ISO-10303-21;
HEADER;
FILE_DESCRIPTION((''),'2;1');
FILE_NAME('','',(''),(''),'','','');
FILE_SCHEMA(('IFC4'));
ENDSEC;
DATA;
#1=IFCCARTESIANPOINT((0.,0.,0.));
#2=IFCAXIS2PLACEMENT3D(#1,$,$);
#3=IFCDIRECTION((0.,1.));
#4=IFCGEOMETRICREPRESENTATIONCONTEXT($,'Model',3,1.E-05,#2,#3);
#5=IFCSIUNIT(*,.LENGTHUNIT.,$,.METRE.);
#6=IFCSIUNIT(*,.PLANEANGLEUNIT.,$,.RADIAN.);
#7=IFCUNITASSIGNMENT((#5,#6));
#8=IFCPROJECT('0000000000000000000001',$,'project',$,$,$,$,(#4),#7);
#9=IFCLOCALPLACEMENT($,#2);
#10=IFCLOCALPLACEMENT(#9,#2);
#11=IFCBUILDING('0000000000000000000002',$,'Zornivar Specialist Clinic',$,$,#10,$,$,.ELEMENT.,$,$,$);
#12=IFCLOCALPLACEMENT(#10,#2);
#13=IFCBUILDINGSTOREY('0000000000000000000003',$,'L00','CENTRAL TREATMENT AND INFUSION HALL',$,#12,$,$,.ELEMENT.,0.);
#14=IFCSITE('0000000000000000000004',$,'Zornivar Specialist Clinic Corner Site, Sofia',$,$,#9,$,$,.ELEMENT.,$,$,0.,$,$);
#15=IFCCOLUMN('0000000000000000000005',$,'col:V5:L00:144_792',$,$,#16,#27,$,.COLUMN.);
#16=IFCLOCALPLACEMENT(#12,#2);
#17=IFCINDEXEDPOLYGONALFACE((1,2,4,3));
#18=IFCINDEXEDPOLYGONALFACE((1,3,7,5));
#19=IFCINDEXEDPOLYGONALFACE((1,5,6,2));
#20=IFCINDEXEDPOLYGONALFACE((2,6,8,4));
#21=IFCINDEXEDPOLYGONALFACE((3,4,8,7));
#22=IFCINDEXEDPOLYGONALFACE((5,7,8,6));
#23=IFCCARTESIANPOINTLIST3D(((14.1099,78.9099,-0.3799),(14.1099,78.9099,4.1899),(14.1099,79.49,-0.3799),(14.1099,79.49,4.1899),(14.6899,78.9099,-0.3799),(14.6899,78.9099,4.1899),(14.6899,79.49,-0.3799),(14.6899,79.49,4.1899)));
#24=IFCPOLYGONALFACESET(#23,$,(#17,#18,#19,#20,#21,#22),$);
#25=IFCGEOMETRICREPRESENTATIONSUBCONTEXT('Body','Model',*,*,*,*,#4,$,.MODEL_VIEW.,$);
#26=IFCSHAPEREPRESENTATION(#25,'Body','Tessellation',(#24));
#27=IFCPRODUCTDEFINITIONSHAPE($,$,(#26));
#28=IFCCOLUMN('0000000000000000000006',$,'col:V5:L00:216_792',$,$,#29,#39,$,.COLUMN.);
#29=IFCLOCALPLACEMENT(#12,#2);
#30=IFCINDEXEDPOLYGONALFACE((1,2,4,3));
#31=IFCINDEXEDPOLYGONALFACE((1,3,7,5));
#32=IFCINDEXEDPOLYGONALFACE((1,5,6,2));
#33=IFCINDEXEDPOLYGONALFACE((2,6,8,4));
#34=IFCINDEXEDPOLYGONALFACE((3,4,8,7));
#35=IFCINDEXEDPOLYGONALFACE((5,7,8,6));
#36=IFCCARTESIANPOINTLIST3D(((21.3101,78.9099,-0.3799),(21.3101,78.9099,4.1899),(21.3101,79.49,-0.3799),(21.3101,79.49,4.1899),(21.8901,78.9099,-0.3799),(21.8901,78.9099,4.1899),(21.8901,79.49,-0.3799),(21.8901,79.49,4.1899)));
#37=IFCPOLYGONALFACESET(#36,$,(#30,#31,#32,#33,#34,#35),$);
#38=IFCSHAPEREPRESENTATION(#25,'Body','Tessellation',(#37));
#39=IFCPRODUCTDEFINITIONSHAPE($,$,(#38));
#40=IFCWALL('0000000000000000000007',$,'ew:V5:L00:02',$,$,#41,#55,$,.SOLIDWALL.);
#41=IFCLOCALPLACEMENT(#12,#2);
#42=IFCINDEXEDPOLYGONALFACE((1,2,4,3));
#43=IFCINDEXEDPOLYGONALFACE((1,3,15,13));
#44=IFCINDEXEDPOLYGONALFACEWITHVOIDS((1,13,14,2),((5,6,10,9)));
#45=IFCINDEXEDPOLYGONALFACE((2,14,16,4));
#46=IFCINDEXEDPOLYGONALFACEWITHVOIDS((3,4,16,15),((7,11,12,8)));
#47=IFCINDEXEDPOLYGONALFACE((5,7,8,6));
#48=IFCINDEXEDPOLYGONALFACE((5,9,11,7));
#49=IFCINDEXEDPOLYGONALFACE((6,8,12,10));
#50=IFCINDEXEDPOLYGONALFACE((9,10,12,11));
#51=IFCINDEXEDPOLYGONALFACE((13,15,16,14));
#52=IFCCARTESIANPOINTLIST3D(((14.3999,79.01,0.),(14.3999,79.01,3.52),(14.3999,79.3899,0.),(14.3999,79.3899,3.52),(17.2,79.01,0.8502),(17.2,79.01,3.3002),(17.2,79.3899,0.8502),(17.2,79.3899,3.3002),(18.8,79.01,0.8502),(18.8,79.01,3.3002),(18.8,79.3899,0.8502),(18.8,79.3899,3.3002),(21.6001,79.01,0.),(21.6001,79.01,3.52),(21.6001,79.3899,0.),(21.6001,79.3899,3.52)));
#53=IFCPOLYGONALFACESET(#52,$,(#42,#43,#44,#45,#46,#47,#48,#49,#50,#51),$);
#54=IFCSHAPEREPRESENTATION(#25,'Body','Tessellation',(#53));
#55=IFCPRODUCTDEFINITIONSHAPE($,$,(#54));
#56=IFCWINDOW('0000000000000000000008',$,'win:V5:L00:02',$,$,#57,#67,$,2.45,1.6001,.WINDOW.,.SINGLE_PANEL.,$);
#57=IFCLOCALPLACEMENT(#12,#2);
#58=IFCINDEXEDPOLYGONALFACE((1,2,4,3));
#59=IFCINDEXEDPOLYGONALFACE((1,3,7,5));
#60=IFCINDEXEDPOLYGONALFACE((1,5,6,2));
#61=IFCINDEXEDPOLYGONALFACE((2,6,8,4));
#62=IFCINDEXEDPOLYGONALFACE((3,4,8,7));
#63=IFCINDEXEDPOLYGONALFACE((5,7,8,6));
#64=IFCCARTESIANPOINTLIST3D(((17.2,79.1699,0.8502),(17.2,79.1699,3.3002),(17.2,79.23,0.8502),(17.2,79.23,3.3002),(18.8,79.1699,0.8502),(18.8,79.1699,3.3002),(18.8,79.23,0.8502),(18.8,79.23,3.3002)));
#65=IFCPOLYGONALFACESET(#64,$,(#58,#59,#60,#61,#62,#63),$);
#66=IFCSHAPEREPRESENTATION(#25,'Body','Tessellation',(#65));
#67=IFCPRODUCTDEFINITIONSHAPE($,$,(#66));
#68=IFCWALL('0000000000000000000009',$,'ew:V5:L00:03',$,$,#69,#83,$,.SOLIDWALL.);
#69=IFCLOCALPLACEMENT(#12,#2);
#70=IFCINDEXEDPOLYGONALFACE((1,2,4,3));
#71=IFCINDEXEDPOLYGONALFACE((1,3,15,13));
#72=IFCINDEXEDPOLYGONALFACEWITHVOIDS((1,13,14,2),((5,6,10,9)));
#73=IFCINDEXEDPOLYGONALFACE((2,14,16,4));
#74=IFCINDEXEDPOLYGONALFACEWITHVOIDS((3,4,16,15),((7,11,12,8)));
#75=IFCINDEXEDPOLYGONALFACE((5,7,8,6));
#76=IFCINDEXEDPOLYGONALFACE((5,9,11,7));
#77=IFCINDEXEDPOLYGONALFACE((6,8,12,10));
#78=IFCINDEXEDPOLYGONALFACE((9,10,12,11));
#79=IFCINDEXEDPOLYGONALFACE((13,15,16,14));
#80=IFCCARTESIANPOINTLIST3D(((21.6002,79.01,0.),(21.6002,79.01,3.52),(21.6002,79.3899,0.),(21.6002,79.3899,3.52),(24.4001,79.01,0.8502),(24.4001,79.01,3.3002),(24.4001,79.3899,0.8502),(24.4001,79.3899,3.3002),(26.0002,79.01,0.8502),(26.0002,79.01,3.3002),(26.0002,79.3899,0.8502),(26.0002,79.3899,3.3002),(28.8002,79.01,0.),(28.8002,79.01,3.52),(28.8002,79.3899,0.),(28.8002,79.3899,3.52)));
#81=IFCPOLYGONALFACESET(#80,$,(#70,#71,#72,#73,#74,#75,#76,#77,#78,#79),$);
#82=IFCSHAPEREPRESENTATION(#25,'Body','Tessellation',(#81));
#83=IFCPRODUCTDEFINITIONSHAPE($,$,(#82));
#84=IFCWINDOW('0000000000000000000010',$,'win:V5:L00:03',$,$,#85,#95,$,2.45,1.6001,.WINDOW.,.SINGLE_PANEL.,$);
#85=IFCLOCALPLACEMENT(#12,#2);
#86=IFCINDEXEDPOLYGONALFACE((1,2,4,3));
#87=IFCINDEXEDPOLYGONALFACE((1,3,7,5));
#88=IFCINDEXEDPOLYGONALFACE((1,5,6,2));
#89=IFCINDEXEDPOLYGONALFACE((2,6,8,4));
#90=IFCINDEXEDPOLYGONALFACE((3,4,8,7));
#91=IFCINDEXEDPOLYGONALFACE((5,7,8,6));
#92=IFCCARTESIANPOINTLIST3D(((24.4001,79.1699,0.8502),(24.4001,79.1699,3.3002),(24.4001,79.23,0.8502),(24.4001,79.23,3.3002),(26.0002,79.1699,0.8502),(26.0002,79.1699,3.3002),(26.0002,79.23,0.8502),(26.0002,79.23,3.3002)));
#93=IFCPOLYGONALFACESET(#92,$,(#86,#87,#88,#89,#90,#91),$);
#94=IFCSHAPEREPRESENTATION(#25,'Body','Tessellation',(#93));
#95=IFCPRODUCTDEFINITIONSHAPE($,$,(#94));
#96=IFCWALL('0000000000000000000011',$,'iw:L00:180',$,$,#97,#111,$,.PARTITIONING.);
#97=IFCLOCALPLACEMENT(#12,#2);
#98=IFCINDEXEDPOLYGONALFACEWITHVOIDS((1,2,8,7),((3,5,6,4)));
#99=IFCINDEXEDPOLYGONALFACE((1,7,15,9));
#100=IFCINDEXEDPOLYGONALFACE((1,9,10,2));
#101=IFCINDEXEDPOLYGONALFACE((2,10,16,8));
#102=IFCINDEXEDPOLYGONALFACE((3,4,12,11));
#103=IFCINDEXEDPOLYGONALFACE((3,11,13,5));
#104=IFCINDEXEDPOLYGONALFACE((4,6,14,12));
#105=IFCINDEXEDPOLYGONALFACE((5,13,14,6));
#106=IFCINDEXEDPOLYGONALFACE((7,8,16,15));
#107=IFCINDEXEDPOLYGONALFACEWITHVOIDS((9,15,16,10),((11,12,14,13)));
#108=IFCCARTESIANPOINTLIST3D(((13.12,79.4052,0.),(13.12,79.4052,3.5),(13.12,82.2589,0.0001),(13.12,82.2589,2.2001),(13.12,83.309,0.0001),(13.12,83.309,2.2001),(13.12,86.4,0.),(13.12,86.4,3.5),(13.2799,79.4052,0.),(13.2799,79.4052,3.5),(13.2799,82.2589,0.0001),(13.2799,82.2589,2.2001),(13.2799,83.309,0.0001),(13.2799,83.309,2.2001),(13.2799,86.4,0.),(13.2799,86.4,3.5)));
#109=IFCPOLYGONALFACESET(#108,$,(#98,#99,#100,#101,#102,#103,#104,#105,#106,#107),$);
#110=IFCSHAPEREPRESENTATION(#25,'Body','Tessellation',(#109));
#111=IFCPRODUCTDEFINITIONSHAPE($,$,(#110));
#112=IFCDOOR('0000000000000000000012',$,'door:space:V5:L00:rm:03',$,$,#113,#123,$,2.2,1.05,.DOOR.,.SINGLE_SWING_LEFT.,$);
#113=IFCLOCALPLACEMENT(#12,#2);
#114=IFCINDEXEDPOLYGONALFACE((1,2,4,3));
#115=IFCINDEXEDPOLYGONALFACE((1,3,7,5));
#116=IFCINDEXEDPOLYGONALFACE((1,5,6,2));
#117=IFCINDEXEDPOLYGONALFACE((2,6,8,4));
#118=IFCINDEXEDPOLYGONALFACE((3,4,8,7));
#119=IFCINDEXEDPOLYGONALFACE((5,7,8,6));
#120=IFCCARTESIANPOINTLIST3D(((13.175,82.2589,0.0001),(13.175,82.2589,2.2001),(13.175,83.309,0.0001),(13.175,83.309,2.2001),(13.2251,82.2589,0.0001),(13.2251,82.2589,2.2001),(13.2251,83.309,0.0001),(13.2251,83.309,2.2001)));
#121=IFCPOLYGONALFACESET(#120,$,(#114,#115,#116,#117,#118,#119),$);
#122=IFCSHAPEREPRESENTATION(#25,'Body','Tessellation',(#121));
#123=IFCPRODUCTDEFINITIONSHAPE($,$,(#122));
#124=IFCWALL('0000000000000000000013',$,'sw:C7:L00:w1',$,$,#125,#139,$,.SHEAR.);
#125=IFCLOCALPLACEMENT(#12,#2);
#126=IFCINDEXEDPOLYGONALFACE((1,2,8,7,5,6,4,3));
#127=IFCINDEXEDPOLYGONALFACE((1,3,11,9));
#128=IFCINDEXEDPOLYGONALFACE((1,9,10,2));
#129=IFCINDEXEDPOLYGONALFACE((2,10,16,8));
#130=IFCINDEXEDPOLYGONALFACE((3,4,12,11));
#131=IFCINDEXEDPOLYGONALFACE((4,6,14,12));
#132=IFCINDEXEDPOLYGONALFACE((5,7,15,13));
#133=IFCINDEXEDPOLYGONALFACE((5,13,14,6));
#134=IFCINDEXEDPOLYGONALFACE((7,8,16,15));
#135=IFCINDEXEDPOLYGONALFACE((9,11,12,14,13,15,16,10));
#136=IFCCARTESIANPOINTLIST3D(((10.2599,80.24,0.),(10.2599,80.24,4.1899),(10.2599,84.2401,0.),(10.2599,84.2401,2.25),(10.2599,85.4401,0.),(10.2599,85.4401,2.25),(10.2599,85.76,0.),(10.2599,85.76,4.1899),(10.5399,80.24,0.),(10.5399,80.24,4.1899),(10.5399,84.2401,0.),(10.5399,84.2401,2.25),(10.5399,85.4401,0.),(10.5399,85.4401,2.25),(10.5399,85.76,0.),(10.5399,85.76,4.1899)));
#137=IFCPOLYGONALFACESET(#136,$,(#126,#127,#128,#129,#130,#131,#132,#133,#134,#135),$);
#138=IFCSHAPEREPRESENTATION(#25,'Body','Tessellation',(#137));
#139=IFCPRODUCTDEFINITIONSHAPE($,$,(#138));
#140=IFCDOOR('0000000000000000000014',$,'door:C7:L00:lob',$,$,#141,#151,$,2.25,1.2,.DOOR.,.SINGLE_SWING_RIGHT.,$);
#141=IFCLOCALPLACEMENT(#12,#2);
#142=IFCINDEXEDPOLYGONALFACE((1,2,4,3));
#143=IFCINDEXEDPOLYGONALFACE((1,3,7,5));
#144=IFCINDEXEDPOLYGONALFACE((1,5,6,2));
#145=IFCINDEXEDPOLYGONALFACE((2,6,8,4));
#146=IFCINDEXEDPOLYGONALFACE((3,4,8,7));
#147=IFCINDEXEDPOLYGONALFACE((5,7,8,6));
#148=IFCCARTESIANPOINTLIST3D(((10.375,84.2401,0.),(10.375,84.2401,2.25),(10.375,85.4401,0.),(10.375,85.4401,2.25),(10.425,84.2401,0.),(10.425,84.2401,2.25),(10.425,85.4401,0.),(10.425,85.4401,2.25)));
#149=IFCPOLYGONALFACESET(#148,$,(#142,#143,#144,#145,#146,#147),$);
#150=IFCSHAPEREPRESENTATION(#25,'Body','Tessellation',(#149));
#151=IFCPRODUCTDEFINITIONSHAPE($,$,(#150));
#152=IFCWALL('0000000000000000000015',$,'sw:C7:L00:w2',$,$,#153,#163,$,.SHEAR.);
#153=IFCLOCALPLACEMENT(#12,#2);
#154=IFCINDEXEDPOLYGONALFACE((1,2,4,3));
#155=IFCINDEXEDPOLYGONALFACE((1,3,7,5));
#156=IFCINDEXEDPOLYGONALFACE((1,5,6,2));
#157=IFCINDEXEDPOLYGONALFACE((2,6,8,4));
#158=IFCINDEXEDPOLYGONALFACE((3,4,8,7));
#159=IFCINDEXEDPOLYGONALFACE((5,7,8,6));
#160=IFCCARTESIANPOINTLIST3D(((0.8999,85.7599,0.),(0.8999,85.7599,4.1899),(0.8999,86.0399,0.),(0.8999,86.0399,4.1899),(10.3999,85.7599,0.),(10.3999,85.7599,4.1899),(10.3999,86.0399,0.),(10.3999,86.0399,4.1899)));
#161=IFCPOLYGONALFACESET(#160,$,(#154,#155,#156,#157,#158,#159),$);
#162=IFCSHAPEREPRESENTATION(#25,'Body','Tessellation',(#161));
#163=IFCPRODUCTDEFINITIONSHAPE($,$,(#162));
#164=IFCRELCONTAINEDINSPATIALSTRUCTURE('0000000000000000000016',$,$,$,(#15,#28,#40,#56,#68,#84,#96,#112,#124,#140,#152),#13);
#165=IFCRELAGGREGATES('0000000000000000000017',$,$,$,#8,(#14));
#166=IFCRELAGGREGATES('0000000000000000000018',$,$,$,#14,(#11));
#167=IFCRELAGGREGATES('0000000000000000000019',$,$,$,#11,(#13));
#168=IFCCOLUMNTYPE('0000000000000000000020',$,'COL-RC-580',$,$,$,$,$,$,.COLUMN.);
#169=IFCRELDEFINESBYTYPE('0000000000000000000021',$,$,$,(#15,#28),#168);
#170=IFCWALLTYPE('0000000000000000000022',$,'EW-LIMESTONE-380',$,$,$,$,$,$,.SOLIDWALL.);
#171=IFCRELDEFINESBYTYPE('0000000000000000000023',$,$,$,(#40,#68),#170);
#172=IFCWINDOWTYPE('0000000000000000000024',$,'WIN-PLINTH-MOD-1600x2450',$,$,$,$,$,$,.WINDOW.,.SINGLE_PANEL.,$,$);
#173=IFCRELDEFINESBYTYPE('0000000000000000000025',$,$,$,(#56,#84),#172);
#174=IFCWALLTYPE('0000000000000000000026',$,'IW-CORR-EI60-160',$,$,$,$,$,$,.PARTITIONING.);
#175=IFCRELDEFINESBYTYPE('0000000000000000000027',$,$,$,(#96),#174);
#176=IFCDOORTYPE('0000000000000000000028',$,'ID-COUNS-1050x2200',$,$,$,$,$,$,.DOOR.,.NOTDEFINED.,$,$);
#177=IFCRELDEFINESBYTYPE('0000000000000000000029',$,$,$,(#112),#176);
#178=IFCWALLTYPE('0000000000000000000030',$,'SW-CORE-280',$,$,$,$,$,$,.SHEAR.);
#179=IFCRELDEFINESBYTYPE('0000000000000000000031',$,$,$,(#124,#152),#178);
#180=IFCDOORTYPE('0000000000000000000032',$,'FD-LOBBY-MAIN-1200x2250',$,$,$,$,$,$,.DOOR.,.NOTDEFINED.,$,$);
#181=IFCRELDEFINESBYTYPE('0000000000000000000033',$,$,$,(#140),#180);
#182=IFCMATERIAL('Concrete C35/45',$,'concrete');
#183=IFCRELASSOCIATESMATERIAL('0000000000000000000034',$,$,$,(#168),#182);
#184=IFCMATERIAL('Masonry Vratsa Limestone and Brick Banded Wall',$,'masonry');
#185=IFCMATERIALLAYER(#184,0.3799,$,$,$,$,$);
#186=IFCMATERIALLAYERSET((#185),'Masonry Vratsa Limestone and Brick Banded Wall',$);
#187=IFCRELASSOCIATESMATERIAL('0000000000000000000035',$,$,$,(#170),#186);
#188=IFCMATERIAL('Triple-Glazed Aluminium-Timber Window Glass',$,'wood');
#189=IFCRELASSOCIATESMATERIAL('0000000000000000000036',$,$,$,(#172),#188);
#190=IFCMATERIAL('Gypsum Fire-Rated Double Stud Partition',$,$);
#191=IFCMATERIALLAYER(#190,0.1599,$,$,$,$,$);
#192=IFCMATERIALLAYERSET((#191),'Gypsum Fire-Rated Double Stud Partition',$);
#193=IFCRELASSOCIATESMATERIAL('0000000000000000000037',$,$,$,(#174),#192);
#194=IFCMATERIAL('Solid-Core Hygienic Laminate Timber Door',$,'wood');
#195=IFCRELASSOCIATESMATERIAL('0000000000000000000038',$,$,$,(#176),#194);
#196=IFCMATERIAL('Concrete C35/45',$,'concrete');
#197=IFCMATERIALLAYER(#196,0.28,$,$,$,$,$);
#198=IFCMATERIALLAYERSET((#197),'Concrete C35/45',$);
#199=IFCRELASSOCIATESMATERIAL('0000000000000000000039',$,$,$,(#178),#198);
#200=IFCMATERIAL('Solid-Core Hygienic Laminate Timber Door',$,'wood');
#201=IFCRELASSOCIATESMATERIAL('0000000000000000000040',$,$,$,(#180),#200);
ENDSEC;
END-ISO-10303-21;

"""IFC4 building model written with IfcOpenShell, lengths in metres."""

from ifc_helpers import new_model, si_unit, direction, frame, frame_2d, origin, origin_2d, place, context, subcontext, project, spatial, rectangle, extrude, material, layer, layer_set, material_profile, profile_set, type_object, element, fill, save


model = new_model("IFC4")

# Units and contexts
model_context = context("Model", 3, precision=1e-05, world=origin(), true_north=direction((0.0, 1.0)))
body_context = subcontext(model_context, "Body", "Model", "MODEL_VIEW")
ifc_project = project(units=[si_unit("LENGTHUNIT", "METRE"), si_unit("PLANEANGLEUNIT", "RADIAN")], contexts=[model_context])

# Site, building, storey
site_placement = place(None, origin())
site = spatial("IfcSite", under=ifc_project, at=site_placement, Name="Zornivar Specialist Clinic Corner Site, Sofia", CompositionType="ELEMENT", RefElevation=0.0)
building_placement = place(site_placement, origin())
building = spatial("IfcBuilding", under=site, at=building_placement, Name="Zornivar Specialist Clinic", CompositionType="ELEMENT")
storey_placement = place(building_placement, origin())
storey = spatial("IfcBuildingStorey", under=building, at=storey_placement, Name="L00", Description="CENTRAL TREATMENT AND INFUSION HALL", CompositionType="ELEMENT", Elevation=0.0)

# Columns
ifc_material_1 = material(Name="Concrete C35/45", Category="concrete")
ifc_material_profile_1 = material_profile(ifc_material_1, rectangle(XDim=0.5801, YDim=0.5801, at=origin_2d()), Name="RC 580x580")
ifc_profile_set_1 = profile_set([ifc_material_profile_1], Name="Concrete C35/45")
column_type = type_object("IfcColumnType", Name="COL-RC-580", PredefinedType="COLUMN", material=ifc_profile_set_1)
for number, where, z_axis, x_axis, name in (
    (1, (14.3999, 79.2, -0.3799), (0.0, 0.0, 1.0), (1.0, 0.0, 0.0), "col:V5:L00:144_792"),
    (2, (21.6001, 79.2, -0.3799), (0.0, 0.0, 1.0), (1.0, 0.0, 0.0), "col:V5:L00:216_792"),
):
    element("IfcColumn", number, at=place(storey_placement, frame(where, z_axis=z_axis, x_axis=x_axis)), inside=storey, type_object=column_type, Name=name, PredefinedType="COLUMN", context=body_context, shape_type="SweptSolid", body=[
        extrude(rectangle(XDim=0.5801, YDim=0.5801, at=origin_2d()), origin(), (0.0, 0.0, 1.0), 4.5698),
    ])

# Walls, openings, windows
ifc_material_2 = material(Name="Masonry Vratsa Limestone and Brick Banded Wall", Category="masonry")
ifc_layer_1 = layer(ifc_material_2, 0.3799)
ifc_layer_set_1 = layer_set([ifc_layer_1], Name="Masonry Vratsa Limestone and Brick Banded Wall")
wall_type_1 = type_object("IfcWallType", Name="EW-LIMESTONE-380", PredefinedType="SOLIDWALL", material=ifc_layer_set_1)
wall_1_placement = place(storey_placement, frame((14.3999, 79.2, 0.0), z_axis=(0.0, 0.0, 1.0), x_axis=(1.0, 0.0, 0.0)))
wall_1 = element("IfcWall", 3, at=wall_1_placement, inside=storey, type_object=wall_type_1, Name="ew:V5:L00:02", PredefinedType="SOLIDWALL", context=body_context, shape_type="SweptSolid", body=[
    extrude(rectangle(XDim=7.2002, YDim=0.3799, at=frame_2d((3.6001, 0.0))), origin(), (0.0, 0.0, 1.0), 3.52),
])
opening_1_placement = place(wall_1_placement, frame((2.8, 0.0, 0.8501)))
opening_1 = element("IfcOpeningElement", 4, at=opening_1_placement, cuts=wall_1, PredefinedType="OPENING", context=body_context, shape_type="SweptSolid", body=[
    extrude(rectangle(XDim=1.6001, YDim=2.45, at=frame_2d((0.8, 1.2251))), frame((0.0, 0.2, 0.0), z_axis=(0.0, -1.0, 0.0), x_axis=(1.0, 0.0, 0.0)), (0.0, 0.0, 1.0), 0.3999),
])
ifc_material_3 = material(Name="Triple-Glazed Aluminium-Timber Window Glass", Category="wood")
window_type = type_object("IfcWindowType", Name="WIN-PLINTH-MOD-1600x2450", PartitioningType="SINGLE_PANEL", PredefinedType="WINDOW", material=ifc_material_3)
window_1_placement = place(opening_1_placement, origin())
window_1 = element("IfcWindow", 5, at=window_1_placement, inside=storey, type_object=window_type, Name="win:V5:L00:02", OverallHeight=2.45, OverallWidth=1.6001, PartitioningType="SINGLE_PANEL", PredefinedType="WINDOW", context=body_context, shape_type="SweptSolid", body=[
    extrude(rectangle(XDim=1.6001, YDim=2.45, at=frame_2d((0.8, 1.2251))), frame((0.0, 0.03, 0.0), z_axis=(0.0, -1.0, 0.0), x_axis=(1.0, 0.0, 0.0)), (0.0, 0.0, 1.0), 0.0601),
])
fill(opening_1, window_1)
wall_2_placement = place(storey_placement, frame((21.6001, 79.2, 0.0), z_axis=(0.0, 0.0, 1.0), x_axis=(1.0, 0.0, 0.0)))
wall_2 = element("IfcWall", 6, at=wall_2_placement, inside=storey, type_object=wall_type_1, Name="ew:V5:L00:03", PredefinedType="SOLIDWALL", context=body_context, shape_type="SweptSolid", body=[
    extrude(rectangle(XDim=7.2, YDim=0.3799, at=frame_2d((3.6001, 0.0))), origin(), (0.0, 0.0, 1.0), 3.52),
])
opening_2_placement = place(wall_2_placement, frame((2.8, 0.0, 0.8501)))
opening_2 = element("IfcOpeningElement", 7, at=opening_2_placement, cuts=wall_2, PredefinedType="OPENING", context=body_context, shape_type="SweptSolid", body=[
    extrude(rectangle(XDim=1.6001, YDim=2.45, at=frame_2d((0.8, 1.2251))), frame((0.0, 0.2, 0.0), z_axis=(0.0, -1.0, 0.0), x_axis=(1.0, 0.0, 0.0)), (0.0, 0.0, 1.0), 0.3999),
])
window_2_placement = place(opening_2_placement, origin())
window_2 = element("IfcWindow", 8, at=window_2_placement, inside=storey, type_object=window_type, Name="win:V5:L00:03", OverallHeight=2.45, OverallWidth=1.6001, PartitioningType="SINGLE_PANEL", PredefinedType="WINDOW", context=body_context, shape_type="SweptSolid", body=[
    extrude(rectangle(XDim=1.6001, YDim=2.45, at=frame_2d((0.8, 1.2251))), frame((0.0, 0.03, 0.0), z_axis=(0.0, -1.0, 0.0), x_axis=(1.0, 0.0, 0.0)), (0.0, 0.0, 1.0), 0.0601),
])
fill(opening_2, window_2)

# Walls, openings, doors
ifc_material_4 = material(Name="Gypsum Fire-Rated Double Stud Partition")
ifc_layer_2 = layer(ifc_material_4, 0.1599)
ifc_layer_set_2 = layer_set([ifc_layer_2], Name="Gypsum Fire-Rated Double Stud Partition")
wall_type_2 = type_object("IfcWallType", Name="IW-CORR-EI60-160", PredefinedType="PARTITIONING", material=ifc_layer_set_2)
wall_3_placement = place(storey_placement, frame((13.2, 79.405, 0.0), z_axis=(0.0, 0.0, 1.0), x_axis=(0.0, 1.0, 0.0)))
wall_3 = element("IfcWall", 9, at=wall_3_placement, inside=storey, type_object=wall_type_2, Name="iw:L00:180", PredefinedType="PARTITIONING", context=body_context, shape_type="SweptSolid", body=[
    extrude(rectangle(XDim=6.9949, YDim=0.1599, at=frame_2d((3.4976, 0.0))), origin(), (0.0, 0.0, 1.0), 3.5),
])
opening_3_placement = place(wall_3_placement, frame((2.854, 0.0, 0.0)))
opening_3 = element("IfcOpeningElement", 10, at=opening_3_placement, cuts=wall_3, PredefinedType="OPENING", context=body_context, shape_type="SweptSolid", body=[
    extrude(rectangle(XDim=1.05, YDim=2.2, at=frame_2d((0.5249, 1.1001))), frame((0.0, 0.0898, 0.0), z_axis=(0.0, -1.0, 0.0), x_axis=(1.0, 0.0, 0.0)), (0.0, 0.0, 1.0), 0.1799),
])
ifc_material_5 = material(Name="Solid-Core Hygienic Laminate Timber Door", Category="wood")
door_type_1 = type_object("IfcDoorType", Name="ID-COUNS-1050x2200", OperationType="NOTDEFINED", PredefinedType="DOOR", material=ifc_material_5)
door_1_placement = place(opening_3_placement, origin())
door_1 = element("IfcDoor", 11, at=door_1_placement, inside=storey, type_object=door_type_1, Name="door:space:V5:L00:rm:03", OperationType="SINGLE_SWING_LEFT", OverallHeight=2.2, OverallWidth=1.05, PredefinedType="DOOR", context=body_context, shape_type="SweptSolid", body=[
    extrude(rectangle(XDim=1.05, YDim=2.2, at=frame_2d((0.5249, 1.1001))), frame((0.0, 0.0249, 0.0), z_axis=(0.0, -1.0, 0.0), x_axis=(1.0, 0.0, 0.0)), (0.0, 0.0, 1.0), 0.05),
])
fill(opening_3, door_1)
ifc_material_6 = material(Name="Concrete C35/45", Category="concrete")
ifc_layer_3 = layer(ifc_material_6, 0.28)
ifc_layer_set_3 = layer_set([ifc_layer_3], Name="Concrete C35/45")
wall_type_3 = type_object("IfcWallType", Name="SW-CORE-280", PredefinedType="SHEAR", material=ifc_layer_set_3)
wall_4_placement = place(storey_placement, frame((10.3999, 80.24, 0.0), z_axis=(0.0, 0.0, 1.0), x_axis=(0.0, 1.0, 0.0)))
wall_4 = element("IfcWall", 12, at=wall_4_placement, inside=storey, type_object=wall_type_3, Name="sw:C7:L00:w1", PredefinedType="SHEAR", context=body_context, shape_type="SweptSolid", body=[
    extrude(rectangle(XDim=5.52, YDim=0.28, at=frame_2d((2.76, 0.0))), origin(), (0.0, 0.0, 1.0), 4.1899),
])
opening_4_placement = place(wall_4_placement, frame((4.0, 0.0, 0.0)))
opening_4 = element("IfcOpeningElement", 13, at=opening_4_placement, cuts=wall_4, PredefinedType="OPENING", context=body_context, shape_type="SweptSolid", body=[
    extrude(rectangle(XDim=1.2, YDim=2.25, at=frame_2d((0.6001, 1.125))), frame((0.0, 0.1499, 0.0), z_axis=(0.0, -1.0, 0.0), x_axis=(1.0, 0.0, 0.0)), (0.0, 0.0, 1.0), 0.3),
])
ifc_material_7 = material(Name="Solid-Core Hygienic Laminate Timber Door", Category="wood")
door_type_2 = type_object("IfcDoorType", Name="FD-LOBBY-MAIN-1200x2250", OperationType="NOTDEFINED", PredefinedType="DOOR", material=ifc_material_7)
door_2_placement = place(opening_4_placement, origin())
door_2 = element("IfcDoor", 14, at=door_2_placement, inside=storey, type_object=door_type_2, Name="door:C7:L00:lob", OperationType="SINGLE_SWING_RIGHT", OverallHeight=2.25, OverallWidth=1.2, PredefinedType="DOOR", context=body_context, shape_type="SweptSolid", body=[
    extrude(rectangle(XDim=1.2, YDim=2.25, at=frame_2d((0.6001, 1.125))), frame((0.0, 0.0249, 0.0), z_axis=(0.0, -1.0, 0.0), x_axis=(1.0, 0.0, 0.0)), (0.0, 0.0, 1.0), 0.05),
])
fill(opening_4, door_2)

# Wall
wall_5_placement = place(storey_placement, frame((10.3999, 85.8999, 0.0), z_axis=(0.0, 0.0, 1.0), x_axis=(-1.0, 0.0, 0.0)))
element("IfcWall", 15, at=wall_5_placement, inside=storey, type_object=wall_type_3, Name="sw:C7:L00:w2", PredefinedType="SHEAR", context=body_context, shape_type="SweptSolid", body=[
    extrude(rectangle(XDim=9.5, YDim=0.28, at=frame_2d((4.75, 0.0))), origin(), (0.0, 0.0, 1.0), 4.1899),
])

save(model, "model.ifc")
